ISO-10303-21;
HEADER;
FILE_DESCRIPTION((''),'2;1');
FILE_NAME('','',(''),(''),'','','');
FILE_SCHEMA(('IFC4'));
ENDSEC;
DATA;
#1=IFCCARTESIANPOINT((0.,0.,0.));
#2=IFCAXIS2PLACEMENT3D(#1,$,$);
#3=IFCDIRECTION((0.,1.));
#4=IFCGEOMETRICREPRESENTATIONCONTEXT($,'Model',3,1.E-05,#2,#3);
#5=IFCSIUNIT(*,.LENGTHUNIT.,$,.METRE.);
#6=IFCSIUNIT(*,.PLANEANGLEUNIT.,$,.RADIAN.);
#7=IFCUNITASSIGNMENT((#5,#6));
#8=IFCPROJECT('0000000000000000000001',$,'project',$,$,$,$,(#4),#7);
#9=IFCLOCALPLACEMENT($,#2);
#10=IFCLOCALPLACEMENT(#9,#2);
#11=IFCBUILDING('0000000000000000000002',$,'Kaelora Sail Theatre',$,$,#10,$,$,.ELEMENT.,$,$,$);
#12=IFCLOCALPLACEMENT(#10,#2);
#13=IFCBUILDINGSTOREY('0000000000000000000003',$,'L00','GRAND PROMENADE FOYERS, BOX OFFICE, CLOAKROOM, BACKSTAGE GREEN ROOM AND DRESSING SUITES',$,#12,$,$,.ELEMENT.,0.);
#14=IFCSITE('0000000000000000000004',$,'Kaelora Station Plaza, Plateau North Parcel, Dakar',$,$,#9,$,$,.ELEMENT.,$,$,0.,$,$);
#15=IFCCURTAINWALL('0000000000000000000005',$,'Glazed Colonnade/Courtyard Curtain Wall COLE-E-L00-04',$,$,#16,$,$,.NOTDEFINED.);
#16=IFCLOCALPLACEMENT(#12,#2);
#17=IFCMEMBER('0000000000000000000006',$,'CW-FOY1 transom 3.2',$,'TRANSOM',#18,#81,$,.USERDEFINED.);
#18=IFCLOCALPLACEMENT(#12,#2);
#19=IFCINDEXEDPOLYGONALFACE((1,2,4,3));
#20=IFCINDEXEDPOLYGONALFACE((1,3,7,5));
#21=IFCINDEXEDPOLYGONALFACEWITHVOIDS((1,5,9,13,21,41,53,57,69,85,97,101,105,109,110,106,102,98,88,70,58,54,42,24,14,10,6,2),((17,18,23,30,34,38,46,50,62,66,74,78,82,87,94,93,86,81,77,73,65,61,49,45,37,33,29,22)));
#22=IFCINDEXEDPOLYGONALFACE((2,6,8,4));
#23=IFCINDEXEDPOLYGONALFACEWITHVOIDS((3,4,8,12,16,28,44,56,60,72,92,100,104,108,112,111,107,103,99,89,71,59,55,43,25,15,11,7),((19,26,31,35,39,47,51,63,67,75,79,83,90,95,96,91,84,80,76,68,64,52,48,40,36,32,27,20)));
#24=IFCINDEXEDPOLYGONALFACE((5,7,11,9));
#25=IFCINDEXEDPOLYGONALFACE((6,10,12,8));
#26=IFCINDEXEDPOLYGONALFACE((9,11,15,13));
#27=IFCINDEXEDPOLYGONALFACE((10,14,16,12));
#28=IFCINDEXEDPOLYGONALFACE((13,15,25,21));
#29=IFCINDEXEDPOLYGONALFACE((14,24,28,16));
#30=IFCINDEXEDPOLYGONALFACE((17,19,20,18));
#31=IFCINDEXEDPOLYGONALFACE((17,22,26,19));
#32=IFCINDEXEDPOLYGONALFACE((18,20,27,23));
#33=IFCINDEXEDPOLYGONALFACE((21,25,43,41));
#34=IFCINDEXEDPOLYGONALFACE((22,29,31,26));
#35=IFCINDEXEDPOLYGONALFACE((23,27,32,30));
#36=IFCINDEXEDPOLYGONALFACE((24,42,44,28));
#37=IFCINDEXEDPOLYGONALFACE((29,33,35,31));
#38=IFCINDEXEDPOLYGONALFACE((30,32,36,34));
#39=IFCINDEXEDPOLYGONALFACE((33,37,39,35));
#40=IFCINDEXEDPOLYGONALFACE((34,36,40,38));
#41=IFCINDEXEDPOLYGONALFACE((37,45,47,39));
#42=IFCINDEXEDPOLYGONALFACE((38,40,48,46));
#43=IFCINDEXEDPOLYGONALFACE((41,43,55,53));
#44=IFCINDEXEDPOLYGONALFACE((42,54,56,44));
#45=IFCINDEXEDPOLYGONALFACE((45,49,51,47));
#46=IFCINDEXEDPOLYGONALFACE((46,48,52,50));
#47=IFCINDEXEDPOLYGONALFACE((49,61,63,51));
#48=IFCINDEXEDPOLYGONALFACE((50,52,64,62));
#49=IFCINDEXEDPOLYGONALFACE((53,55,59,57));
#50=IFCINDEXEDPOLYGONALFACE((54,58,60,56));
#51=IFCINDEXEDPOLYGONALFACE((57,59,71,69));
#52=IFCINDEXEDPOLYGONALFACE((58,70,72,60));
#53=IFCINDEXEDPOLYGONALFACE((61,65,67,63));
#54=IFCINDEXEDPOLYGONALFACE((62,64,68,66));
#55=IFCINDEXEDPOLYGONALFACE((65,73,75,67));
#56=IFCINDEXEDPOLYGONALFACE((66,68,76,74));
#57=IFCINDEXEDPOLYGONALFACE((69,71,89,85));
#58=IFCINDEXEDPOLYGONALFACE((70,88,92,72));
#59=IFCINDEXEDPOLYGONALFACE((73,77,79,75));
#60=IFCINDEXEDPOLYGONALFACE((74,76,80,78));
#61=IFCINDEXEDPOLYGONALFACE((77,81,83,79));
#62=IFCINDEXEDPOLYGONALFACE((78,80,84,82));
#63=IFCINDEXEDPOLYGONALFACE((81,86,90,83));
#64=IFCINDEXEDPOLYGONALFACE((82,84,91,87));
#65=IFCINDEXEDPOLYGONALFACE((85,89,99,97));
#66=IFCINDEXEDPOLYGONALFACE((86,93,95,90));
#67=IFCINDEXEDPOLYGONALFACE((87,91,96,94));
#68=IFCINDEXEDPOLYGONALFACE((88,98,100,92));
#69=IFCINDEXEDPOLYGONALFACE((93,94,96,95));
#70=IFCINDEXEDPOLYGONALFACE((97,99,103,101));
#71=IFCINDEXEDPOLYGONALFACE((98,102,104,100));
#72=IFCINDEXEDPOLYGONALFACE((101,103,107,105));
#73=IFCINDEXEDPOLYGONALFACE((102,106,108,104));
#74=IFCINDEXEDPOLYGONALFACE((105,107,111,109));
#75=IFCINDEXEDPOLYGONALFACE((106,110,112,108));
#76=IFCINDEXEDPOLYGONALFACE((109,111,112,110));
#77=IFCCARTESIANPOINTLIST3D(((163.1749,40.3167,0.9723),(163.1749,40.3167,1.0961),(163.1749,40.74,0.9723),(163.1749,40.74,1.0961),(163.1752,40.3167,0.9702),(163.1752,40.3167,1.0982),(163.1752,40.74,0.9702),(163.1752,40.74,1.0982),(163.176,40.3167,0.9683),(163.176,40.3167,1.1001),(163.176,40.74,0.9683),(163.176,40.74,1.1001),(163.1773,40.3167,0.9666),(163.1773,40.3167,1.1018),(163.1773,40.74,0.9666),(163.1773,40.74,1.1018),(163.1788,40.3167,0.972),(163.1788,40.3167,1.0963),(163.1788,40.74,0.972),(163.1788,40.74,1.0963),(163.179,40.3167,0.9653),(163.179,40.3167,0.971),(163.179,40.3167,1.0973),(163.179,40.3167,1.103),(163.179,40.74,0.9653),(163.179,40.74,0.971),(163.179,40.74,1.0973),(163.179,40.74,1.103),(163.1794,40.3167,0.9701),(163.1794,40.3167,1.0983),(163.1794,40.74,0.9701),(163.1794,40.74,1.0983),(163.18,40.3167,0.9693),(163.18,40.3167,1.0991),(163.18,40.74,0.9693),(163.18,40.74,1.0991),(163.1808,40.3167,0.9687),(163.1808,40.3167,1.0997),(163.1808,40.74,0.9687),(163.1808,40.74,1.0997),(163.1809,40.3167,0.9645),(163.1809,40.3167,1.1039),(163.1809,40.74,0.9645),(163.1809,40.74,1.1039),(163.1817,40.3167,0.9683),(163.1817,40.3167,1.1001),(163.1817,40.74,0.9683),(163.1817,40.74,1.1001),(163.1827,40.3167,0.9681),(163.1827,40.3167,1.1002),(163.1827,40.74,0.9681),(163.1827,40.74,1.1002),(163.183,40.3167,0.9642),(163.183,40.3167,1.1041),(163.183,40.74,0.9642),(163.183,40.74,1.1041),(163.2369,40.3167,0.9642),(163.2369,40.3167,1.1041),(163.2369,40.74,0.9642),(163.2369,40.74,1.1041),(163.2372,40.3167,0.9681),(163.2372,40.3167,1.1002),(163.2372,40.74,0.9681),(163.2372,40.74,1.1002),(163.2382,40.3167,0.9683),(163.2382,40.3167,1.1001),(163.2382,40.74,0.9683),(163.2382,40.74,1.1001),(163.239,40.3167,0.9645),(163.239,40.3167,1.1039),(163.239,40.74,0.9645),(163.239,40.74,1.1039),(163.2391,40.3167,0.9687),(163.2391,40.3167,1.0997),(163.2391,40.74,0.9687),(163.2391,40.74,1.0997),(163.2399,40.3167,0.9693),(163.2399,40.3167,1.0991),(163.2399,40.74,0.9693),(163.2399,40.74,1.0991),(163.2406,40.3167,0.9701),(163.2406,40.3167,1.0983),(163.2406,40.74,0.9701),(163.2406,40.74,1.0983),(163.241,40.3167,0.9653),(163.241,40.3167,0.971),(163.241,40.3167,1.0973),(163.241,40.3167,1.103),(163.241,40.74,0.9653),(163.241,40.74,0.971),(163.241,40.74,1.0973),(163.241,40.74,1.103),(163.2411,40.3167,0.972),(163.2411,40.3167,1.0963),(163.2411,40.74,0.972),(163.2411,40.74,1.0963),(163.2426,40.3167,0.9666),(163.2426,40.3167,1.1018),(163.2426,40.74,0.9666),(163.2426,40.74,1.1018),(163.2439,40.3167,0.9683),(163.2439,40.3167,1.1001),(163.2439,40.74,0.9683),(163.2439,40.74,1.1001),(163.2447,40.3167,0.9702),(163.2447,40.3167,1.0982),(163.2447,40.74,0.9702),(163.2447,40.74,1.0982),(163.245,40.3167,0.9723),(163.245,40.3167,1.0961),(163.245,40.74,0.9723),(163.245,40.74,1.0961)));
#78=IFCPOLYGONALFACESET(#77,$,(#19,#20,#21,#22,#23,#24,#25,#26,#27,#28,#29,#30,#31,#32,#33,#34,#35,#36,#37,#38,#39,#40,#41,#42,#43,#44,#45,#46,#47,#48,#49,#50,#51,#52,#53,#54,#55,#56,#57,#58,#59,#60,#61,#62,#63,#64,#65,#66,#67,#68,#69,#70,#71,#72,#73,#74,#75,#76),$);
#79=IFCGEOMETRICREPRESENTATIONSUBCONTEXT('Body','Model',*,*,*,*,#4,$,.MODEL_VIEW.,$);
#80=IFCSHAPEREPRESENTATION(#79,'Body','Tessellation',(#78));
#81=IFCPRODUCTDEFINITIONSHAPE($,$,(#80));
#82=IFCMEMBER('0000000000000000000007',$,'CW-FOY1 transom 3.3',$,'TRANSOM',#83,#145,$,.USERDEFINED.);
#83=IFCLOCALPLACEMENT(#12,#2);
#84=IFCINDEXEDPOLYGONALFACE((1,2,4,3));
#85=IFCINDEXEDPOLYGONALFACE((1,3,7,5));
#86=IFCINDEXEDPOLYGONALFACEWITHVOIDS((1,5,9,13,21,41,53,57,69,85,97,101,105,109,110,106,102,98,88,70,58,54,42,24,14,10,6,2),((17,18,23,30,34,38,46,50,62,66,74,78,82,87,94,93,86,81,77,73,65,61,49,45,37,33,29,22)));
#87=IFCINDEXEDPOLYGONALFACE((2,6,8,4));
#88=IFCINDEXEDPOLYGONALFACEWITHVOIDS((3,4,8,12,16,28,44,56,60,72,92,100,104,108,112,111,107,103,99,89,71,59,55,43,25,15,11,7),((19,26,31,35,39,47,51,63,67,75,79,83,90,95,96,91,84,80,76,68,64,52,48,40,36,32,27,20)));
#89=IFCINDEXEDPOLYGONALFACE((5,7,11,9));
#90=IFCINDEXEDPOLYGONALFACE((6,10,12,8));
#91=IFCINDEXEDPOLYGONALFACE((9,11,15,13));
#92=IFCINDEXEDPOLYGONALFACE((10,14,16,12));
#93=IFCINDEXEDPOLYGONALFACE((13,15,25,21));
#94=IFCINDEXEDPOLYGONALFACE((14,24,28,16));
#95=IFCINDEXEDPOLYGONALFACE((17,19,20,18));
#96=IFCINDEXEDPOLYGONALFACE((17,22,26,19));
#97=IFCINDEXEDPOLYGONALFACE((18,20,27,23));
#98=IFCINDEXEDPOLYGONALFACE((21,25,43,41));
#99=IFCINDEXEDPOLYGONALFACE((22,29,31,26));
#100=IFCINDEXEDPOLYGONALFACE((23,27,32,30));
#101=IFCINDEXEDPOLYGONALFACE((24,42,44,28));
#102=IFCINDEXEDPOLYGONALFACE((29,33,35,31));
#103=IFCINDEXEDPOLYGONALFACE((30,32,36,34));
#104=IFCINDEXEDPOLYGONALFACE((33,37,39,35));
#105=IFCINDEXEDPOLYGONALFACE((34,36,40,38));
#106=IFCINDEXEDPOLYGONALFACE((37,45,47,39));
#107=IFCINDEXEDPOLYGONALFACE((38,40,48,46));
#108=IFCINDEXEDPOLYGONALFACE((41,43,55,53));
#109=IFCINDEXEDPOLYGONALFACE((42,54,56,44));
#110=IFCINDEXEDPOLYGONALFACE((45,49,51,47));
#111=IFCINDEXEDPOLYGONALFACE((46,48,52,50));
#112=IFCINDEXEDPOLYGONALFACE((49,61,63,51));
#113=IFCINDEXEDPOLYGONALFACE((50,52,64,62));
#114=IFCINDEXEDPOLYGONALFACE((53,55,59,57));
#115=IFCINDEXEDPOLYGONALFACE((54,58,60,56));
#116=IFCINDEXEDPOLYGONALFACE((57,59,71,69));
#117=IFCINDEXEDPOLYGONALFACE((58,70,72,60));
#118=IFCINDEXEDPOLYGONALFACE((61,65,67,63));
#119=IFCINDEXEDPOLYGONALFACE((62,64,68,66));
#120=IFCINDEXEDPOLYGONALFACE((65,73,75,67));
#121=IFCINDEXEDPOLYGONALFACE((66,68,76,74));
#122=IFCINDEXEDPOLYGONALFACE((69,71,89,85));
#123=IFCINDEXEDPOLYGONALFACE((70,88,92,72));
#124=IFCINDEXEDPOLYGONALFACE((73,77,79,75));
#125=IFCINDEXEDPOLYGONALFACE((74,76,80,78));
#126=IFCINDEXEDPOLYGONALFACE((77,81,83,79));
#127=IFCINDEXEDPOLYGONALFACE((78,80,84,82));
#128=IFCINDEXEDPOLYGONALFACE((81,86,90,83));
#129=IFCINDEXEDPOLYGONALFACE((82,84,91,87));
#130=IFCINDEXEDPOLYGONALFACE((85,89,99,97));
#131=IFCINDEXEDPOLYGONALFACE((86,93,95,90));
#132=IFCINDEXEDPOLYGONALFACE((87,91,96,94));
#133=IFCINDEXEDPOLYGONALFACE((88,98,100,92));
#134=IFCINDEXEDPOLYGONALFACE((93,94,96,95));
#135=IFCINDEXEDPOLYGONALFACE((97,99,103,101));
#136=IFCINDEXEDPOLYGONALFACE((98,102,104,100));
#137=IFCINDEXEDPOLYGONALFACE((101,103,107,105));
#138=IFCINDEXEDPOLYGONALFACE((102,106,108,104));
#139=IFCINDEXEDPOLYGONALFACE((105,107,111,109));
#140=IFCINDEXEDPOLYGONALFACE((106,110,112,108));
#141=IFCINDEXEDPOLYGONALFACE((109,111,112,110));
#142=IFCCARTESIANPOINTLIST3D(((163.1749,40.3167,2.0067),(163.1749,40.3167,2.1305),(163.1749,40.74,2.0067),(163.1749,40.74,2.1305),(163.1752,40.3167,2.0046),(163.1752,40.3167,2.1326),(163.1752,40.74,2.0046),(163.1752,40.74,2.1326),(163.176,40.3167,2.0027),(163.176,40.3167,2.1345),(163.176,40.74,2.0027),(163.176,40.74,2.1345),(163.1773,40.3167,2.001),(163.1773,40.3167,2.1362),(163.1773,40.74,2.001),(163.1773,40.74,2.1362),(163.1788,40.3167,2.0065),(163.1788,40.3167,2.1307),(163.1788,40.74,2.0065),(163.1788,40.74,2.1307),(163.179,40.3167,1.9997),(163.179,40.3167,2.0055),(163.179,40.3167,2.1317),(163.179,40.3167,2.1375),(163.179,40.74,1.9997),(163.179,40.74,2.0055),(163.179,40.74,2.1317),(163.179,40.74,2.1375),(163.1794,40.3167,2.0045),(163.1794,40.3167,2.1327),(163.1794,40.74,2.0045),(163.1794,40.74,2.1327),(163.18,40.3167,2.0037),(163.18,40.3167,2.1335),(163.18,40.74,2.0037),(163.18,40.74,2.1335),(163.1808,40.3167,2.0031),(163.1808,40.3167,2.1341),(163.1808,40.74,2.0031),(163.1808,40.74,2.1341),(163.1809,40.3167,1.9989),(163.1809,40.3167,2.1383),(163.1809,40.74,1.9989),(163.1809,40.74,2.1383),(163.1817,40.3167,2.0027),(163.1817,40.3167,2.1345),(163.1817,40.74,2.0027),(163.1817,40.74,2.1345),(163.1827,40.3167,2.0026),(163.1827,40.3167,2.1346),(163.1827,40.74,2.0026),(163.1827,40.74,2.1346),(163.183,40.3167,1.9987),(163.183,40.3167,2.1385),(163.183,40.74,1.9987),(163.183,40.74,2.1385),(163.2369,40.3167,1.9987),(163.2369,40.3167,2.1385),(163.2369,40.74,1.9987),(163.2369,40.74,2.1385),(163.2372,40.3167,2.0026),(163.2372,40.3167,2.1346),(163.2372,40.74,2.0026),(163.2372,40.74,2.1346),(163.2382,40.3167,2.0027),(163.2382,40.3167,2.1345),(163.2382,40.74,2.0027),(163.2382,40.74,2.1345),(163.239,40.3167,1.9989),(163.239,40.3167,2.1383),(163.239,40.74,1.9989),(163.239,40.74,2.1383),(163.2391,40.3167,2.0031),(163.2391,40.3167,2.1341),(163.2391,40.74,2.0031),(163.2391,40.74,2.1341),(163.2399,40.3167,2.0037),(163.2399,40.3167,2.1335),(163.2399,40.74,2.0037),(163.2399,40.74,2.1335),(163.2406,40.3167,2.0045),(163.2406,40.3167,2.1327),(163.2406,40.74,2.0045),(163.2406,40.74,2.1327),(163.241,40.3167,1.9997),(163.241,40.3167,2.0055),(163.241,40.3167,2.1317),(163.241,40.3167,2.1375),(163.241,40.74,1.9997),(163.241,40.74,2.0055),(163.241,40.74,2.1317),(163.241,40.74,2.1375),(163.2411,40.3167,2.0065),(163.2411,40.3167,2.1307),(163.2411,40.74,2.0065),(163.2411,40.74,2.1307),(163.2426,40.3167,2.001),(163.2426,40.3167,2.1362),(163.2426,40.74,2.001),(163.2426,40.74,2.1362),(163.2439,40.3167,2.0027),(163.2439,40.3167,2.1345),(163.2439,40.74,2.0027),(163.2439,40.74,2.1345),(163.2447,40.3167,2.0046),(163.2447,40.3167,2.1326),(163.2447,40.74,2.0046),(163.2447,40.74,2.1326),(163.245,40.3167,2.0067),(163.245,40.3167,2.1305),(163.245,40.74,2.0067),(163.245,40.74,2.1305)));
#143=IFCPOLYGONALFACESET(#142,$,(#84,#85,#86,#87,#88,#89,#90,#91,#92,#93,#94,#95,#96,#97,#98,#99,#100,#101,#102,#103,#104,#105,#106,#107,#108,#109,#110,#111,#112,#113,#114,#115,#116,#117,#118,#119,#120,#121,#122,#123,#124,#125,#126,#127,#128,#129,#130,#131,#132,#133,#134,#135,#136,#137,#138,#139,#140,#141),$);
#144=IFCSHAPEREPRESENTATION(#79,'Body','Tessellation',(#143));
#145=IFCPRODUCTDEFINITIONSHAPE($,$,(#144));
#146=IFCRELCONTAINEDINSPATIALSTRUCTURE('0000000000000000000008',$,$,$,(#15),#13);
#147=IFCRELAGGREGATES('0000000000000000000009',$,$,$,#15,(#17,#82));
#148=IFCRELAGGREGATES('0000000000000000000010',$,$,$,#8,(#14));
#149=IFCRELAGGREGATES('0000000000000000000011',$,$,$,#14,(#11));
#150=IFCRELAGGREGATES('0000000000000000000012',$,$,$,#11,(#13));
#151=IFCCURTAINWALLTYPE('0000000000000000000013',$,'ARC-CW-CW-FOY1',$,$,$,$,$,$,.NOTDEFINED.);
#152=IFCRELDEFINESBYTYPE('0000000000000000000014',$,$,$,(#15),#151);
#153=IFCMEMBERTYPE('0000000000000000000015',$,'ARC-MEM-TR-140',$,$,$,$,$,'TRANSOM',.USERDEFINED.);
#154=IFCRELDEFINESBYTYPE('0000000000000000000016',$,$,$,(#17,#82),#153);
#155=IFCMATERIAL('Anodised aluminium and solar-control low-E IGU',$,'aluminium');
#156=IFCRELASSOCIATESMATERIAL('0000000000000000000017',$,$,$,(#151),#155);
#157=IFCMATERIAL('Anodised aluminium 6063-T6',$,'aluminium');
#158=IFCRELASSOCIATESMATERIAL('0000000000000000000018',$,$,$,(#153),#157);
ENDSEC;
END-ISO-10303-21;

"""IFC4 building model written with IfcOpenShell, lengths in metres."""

from ifc_helpers import new_model, si_unit, direction, frame, origin, origin_2d, place, context, subcontext, project, spatial, hollow_rectangle, extrude, material, material_profile, profile_set, type_object, element, aggregate, save


model = new_model("IFC4")

# Units and contexts
model_context = context("Model", 3, precision=1e-05, world=origin(), true_north=direction((0.0, 1.0)))
body_context = subcontext(model_context, "Body", "Model", "MODEL_VIEW")
ifc_project = project(units=[si_unit("LENGTHUNIT", "METRE"), si_unit("PLANEANGLEUNIT", "RADIAN")], contexts=[model_context])

# Site, building, storey
site_placement = place(None, origin())
site = spatial("IfcSite", under=ifc_project, at=site_placement, Name="Kaelora Station Plaza, Plateau North Parcel, Dakar", CompositionType="ELEMENT", RefElevation=0.0)
building_placement = place(site_placement, origin())
building = spatial("IfcBuilding", under=site, at=building_placement, Name="Kaelora Sail Theatre", CompositionType="ELEMENT")
storey_placement = place(building_placement, origin())
storey = spatial("IfcBuildingStorey", under=building, at=storey_placement, Name="L00", Description="GRAND PROMENADE FOYERS, BOX OFFICE, CLOAKROOM, BACKSTAGE GREEN ROOM AND DRESSING SUITES", CompositionType="ELEMENT", Elevation=0.0)

# Curtain wall
ifc_material_1 = material(Name="Anodised aluminium and solar-control low-E IGU", Category="aluminium")
curtain_wall_type = type_object("IfcCurtainWallType", Name="ARC-CW-CW-FOY1", PredefinedType="NOTDEFINED", material=ifc_material_1)
curtain_wall_1_placement = place(storey_placement, origin())
curtain_wall_1 = element("IfcCurtainWall", 1, at=curtain_wall_1_placement, inside=storey, type_object=curtain_wall_type, Name="Glazed Colonnade/Courtyard Curtain Wall COLE-E-L00-04", PredefinedType="NOTDEFINED")

# Members
ifc_material_2 = material(Name="Anodised aluminium 6063-T6", Category="aluminium")
ifc_material_profile_1 = material_profile(ifc_material_2, hollow_rectangle(XDim=0.0701, YDim=0.1399, WallThickness=0.0039, InnerFilletRadius=0.0039, OuterFilletRadius=0.0081, at=origin_2d()), Name="ALU-TRAN 70x140x4")
ifc_profile_set_1 = profile_set([ifc_material_profile_1], Name="Anodised aluminium 6063-T6")
member_type_1 = type_object("IfcMemberType", Name="ARC-MEM-TR-140", ElementType="TRANSOM", PredefinedType="USERDEFINED", material=ifc_profile_set_1)
member_1_placement = place(storey_placement, frame((163.21, 40.3167, 1.0342), z_axis=(0.0, 1.0, 0.0), x_axis=(-1.0, 0.0, 0.0)))
member_1 = element("IfcMember", 2, at=member_1_placement, type_object=member_type_1, Name="CW-FOY1 transom 3.2", ObjectType="TRANSOM", PredefinedType="USERDEFINED", context=body_context, shape_type="SweptSolid", body=[
    extrude(hollow_rectangle(XDim=0.0701, YDim=0.1399, WallThickness=0.0039, InnerFilletRadius=0.0039, OuterFilletRadius=0.0081, at=origin_2d()), origin(), (0.0, 0.0, 1.0), 0.4233),
])
member_2_placement = place(storey_placement, frame((163.21, 40.3167, 2.0686), z_axis=(0.0, 1.0, 0.0), x_axis=(-1.0, 0.0, 0.0)))
member_2 = element("IfcMember", 3, at=member_2_placement, type_object=member_type_1, Name="CW-FOY1 transom 3.3", ObjectType="TRANSOM", PredefinedType="USERDEFINED", context=body_context, shape_type="SweptSolid", body=[
    extrude(hollow_rectangle(XDim=0.0701, YDim=0.1399, WallThickness=0.0039, InnerFilletRadius=0.0039, OuterFilletRadius=0.0081, at=origin_2d()), origin(), (0.0, 0.0, 1.0), 0.4233),
])

aggregate(curtain_wall_1, [member_1, member_2])

save(model, "model.ifc")
